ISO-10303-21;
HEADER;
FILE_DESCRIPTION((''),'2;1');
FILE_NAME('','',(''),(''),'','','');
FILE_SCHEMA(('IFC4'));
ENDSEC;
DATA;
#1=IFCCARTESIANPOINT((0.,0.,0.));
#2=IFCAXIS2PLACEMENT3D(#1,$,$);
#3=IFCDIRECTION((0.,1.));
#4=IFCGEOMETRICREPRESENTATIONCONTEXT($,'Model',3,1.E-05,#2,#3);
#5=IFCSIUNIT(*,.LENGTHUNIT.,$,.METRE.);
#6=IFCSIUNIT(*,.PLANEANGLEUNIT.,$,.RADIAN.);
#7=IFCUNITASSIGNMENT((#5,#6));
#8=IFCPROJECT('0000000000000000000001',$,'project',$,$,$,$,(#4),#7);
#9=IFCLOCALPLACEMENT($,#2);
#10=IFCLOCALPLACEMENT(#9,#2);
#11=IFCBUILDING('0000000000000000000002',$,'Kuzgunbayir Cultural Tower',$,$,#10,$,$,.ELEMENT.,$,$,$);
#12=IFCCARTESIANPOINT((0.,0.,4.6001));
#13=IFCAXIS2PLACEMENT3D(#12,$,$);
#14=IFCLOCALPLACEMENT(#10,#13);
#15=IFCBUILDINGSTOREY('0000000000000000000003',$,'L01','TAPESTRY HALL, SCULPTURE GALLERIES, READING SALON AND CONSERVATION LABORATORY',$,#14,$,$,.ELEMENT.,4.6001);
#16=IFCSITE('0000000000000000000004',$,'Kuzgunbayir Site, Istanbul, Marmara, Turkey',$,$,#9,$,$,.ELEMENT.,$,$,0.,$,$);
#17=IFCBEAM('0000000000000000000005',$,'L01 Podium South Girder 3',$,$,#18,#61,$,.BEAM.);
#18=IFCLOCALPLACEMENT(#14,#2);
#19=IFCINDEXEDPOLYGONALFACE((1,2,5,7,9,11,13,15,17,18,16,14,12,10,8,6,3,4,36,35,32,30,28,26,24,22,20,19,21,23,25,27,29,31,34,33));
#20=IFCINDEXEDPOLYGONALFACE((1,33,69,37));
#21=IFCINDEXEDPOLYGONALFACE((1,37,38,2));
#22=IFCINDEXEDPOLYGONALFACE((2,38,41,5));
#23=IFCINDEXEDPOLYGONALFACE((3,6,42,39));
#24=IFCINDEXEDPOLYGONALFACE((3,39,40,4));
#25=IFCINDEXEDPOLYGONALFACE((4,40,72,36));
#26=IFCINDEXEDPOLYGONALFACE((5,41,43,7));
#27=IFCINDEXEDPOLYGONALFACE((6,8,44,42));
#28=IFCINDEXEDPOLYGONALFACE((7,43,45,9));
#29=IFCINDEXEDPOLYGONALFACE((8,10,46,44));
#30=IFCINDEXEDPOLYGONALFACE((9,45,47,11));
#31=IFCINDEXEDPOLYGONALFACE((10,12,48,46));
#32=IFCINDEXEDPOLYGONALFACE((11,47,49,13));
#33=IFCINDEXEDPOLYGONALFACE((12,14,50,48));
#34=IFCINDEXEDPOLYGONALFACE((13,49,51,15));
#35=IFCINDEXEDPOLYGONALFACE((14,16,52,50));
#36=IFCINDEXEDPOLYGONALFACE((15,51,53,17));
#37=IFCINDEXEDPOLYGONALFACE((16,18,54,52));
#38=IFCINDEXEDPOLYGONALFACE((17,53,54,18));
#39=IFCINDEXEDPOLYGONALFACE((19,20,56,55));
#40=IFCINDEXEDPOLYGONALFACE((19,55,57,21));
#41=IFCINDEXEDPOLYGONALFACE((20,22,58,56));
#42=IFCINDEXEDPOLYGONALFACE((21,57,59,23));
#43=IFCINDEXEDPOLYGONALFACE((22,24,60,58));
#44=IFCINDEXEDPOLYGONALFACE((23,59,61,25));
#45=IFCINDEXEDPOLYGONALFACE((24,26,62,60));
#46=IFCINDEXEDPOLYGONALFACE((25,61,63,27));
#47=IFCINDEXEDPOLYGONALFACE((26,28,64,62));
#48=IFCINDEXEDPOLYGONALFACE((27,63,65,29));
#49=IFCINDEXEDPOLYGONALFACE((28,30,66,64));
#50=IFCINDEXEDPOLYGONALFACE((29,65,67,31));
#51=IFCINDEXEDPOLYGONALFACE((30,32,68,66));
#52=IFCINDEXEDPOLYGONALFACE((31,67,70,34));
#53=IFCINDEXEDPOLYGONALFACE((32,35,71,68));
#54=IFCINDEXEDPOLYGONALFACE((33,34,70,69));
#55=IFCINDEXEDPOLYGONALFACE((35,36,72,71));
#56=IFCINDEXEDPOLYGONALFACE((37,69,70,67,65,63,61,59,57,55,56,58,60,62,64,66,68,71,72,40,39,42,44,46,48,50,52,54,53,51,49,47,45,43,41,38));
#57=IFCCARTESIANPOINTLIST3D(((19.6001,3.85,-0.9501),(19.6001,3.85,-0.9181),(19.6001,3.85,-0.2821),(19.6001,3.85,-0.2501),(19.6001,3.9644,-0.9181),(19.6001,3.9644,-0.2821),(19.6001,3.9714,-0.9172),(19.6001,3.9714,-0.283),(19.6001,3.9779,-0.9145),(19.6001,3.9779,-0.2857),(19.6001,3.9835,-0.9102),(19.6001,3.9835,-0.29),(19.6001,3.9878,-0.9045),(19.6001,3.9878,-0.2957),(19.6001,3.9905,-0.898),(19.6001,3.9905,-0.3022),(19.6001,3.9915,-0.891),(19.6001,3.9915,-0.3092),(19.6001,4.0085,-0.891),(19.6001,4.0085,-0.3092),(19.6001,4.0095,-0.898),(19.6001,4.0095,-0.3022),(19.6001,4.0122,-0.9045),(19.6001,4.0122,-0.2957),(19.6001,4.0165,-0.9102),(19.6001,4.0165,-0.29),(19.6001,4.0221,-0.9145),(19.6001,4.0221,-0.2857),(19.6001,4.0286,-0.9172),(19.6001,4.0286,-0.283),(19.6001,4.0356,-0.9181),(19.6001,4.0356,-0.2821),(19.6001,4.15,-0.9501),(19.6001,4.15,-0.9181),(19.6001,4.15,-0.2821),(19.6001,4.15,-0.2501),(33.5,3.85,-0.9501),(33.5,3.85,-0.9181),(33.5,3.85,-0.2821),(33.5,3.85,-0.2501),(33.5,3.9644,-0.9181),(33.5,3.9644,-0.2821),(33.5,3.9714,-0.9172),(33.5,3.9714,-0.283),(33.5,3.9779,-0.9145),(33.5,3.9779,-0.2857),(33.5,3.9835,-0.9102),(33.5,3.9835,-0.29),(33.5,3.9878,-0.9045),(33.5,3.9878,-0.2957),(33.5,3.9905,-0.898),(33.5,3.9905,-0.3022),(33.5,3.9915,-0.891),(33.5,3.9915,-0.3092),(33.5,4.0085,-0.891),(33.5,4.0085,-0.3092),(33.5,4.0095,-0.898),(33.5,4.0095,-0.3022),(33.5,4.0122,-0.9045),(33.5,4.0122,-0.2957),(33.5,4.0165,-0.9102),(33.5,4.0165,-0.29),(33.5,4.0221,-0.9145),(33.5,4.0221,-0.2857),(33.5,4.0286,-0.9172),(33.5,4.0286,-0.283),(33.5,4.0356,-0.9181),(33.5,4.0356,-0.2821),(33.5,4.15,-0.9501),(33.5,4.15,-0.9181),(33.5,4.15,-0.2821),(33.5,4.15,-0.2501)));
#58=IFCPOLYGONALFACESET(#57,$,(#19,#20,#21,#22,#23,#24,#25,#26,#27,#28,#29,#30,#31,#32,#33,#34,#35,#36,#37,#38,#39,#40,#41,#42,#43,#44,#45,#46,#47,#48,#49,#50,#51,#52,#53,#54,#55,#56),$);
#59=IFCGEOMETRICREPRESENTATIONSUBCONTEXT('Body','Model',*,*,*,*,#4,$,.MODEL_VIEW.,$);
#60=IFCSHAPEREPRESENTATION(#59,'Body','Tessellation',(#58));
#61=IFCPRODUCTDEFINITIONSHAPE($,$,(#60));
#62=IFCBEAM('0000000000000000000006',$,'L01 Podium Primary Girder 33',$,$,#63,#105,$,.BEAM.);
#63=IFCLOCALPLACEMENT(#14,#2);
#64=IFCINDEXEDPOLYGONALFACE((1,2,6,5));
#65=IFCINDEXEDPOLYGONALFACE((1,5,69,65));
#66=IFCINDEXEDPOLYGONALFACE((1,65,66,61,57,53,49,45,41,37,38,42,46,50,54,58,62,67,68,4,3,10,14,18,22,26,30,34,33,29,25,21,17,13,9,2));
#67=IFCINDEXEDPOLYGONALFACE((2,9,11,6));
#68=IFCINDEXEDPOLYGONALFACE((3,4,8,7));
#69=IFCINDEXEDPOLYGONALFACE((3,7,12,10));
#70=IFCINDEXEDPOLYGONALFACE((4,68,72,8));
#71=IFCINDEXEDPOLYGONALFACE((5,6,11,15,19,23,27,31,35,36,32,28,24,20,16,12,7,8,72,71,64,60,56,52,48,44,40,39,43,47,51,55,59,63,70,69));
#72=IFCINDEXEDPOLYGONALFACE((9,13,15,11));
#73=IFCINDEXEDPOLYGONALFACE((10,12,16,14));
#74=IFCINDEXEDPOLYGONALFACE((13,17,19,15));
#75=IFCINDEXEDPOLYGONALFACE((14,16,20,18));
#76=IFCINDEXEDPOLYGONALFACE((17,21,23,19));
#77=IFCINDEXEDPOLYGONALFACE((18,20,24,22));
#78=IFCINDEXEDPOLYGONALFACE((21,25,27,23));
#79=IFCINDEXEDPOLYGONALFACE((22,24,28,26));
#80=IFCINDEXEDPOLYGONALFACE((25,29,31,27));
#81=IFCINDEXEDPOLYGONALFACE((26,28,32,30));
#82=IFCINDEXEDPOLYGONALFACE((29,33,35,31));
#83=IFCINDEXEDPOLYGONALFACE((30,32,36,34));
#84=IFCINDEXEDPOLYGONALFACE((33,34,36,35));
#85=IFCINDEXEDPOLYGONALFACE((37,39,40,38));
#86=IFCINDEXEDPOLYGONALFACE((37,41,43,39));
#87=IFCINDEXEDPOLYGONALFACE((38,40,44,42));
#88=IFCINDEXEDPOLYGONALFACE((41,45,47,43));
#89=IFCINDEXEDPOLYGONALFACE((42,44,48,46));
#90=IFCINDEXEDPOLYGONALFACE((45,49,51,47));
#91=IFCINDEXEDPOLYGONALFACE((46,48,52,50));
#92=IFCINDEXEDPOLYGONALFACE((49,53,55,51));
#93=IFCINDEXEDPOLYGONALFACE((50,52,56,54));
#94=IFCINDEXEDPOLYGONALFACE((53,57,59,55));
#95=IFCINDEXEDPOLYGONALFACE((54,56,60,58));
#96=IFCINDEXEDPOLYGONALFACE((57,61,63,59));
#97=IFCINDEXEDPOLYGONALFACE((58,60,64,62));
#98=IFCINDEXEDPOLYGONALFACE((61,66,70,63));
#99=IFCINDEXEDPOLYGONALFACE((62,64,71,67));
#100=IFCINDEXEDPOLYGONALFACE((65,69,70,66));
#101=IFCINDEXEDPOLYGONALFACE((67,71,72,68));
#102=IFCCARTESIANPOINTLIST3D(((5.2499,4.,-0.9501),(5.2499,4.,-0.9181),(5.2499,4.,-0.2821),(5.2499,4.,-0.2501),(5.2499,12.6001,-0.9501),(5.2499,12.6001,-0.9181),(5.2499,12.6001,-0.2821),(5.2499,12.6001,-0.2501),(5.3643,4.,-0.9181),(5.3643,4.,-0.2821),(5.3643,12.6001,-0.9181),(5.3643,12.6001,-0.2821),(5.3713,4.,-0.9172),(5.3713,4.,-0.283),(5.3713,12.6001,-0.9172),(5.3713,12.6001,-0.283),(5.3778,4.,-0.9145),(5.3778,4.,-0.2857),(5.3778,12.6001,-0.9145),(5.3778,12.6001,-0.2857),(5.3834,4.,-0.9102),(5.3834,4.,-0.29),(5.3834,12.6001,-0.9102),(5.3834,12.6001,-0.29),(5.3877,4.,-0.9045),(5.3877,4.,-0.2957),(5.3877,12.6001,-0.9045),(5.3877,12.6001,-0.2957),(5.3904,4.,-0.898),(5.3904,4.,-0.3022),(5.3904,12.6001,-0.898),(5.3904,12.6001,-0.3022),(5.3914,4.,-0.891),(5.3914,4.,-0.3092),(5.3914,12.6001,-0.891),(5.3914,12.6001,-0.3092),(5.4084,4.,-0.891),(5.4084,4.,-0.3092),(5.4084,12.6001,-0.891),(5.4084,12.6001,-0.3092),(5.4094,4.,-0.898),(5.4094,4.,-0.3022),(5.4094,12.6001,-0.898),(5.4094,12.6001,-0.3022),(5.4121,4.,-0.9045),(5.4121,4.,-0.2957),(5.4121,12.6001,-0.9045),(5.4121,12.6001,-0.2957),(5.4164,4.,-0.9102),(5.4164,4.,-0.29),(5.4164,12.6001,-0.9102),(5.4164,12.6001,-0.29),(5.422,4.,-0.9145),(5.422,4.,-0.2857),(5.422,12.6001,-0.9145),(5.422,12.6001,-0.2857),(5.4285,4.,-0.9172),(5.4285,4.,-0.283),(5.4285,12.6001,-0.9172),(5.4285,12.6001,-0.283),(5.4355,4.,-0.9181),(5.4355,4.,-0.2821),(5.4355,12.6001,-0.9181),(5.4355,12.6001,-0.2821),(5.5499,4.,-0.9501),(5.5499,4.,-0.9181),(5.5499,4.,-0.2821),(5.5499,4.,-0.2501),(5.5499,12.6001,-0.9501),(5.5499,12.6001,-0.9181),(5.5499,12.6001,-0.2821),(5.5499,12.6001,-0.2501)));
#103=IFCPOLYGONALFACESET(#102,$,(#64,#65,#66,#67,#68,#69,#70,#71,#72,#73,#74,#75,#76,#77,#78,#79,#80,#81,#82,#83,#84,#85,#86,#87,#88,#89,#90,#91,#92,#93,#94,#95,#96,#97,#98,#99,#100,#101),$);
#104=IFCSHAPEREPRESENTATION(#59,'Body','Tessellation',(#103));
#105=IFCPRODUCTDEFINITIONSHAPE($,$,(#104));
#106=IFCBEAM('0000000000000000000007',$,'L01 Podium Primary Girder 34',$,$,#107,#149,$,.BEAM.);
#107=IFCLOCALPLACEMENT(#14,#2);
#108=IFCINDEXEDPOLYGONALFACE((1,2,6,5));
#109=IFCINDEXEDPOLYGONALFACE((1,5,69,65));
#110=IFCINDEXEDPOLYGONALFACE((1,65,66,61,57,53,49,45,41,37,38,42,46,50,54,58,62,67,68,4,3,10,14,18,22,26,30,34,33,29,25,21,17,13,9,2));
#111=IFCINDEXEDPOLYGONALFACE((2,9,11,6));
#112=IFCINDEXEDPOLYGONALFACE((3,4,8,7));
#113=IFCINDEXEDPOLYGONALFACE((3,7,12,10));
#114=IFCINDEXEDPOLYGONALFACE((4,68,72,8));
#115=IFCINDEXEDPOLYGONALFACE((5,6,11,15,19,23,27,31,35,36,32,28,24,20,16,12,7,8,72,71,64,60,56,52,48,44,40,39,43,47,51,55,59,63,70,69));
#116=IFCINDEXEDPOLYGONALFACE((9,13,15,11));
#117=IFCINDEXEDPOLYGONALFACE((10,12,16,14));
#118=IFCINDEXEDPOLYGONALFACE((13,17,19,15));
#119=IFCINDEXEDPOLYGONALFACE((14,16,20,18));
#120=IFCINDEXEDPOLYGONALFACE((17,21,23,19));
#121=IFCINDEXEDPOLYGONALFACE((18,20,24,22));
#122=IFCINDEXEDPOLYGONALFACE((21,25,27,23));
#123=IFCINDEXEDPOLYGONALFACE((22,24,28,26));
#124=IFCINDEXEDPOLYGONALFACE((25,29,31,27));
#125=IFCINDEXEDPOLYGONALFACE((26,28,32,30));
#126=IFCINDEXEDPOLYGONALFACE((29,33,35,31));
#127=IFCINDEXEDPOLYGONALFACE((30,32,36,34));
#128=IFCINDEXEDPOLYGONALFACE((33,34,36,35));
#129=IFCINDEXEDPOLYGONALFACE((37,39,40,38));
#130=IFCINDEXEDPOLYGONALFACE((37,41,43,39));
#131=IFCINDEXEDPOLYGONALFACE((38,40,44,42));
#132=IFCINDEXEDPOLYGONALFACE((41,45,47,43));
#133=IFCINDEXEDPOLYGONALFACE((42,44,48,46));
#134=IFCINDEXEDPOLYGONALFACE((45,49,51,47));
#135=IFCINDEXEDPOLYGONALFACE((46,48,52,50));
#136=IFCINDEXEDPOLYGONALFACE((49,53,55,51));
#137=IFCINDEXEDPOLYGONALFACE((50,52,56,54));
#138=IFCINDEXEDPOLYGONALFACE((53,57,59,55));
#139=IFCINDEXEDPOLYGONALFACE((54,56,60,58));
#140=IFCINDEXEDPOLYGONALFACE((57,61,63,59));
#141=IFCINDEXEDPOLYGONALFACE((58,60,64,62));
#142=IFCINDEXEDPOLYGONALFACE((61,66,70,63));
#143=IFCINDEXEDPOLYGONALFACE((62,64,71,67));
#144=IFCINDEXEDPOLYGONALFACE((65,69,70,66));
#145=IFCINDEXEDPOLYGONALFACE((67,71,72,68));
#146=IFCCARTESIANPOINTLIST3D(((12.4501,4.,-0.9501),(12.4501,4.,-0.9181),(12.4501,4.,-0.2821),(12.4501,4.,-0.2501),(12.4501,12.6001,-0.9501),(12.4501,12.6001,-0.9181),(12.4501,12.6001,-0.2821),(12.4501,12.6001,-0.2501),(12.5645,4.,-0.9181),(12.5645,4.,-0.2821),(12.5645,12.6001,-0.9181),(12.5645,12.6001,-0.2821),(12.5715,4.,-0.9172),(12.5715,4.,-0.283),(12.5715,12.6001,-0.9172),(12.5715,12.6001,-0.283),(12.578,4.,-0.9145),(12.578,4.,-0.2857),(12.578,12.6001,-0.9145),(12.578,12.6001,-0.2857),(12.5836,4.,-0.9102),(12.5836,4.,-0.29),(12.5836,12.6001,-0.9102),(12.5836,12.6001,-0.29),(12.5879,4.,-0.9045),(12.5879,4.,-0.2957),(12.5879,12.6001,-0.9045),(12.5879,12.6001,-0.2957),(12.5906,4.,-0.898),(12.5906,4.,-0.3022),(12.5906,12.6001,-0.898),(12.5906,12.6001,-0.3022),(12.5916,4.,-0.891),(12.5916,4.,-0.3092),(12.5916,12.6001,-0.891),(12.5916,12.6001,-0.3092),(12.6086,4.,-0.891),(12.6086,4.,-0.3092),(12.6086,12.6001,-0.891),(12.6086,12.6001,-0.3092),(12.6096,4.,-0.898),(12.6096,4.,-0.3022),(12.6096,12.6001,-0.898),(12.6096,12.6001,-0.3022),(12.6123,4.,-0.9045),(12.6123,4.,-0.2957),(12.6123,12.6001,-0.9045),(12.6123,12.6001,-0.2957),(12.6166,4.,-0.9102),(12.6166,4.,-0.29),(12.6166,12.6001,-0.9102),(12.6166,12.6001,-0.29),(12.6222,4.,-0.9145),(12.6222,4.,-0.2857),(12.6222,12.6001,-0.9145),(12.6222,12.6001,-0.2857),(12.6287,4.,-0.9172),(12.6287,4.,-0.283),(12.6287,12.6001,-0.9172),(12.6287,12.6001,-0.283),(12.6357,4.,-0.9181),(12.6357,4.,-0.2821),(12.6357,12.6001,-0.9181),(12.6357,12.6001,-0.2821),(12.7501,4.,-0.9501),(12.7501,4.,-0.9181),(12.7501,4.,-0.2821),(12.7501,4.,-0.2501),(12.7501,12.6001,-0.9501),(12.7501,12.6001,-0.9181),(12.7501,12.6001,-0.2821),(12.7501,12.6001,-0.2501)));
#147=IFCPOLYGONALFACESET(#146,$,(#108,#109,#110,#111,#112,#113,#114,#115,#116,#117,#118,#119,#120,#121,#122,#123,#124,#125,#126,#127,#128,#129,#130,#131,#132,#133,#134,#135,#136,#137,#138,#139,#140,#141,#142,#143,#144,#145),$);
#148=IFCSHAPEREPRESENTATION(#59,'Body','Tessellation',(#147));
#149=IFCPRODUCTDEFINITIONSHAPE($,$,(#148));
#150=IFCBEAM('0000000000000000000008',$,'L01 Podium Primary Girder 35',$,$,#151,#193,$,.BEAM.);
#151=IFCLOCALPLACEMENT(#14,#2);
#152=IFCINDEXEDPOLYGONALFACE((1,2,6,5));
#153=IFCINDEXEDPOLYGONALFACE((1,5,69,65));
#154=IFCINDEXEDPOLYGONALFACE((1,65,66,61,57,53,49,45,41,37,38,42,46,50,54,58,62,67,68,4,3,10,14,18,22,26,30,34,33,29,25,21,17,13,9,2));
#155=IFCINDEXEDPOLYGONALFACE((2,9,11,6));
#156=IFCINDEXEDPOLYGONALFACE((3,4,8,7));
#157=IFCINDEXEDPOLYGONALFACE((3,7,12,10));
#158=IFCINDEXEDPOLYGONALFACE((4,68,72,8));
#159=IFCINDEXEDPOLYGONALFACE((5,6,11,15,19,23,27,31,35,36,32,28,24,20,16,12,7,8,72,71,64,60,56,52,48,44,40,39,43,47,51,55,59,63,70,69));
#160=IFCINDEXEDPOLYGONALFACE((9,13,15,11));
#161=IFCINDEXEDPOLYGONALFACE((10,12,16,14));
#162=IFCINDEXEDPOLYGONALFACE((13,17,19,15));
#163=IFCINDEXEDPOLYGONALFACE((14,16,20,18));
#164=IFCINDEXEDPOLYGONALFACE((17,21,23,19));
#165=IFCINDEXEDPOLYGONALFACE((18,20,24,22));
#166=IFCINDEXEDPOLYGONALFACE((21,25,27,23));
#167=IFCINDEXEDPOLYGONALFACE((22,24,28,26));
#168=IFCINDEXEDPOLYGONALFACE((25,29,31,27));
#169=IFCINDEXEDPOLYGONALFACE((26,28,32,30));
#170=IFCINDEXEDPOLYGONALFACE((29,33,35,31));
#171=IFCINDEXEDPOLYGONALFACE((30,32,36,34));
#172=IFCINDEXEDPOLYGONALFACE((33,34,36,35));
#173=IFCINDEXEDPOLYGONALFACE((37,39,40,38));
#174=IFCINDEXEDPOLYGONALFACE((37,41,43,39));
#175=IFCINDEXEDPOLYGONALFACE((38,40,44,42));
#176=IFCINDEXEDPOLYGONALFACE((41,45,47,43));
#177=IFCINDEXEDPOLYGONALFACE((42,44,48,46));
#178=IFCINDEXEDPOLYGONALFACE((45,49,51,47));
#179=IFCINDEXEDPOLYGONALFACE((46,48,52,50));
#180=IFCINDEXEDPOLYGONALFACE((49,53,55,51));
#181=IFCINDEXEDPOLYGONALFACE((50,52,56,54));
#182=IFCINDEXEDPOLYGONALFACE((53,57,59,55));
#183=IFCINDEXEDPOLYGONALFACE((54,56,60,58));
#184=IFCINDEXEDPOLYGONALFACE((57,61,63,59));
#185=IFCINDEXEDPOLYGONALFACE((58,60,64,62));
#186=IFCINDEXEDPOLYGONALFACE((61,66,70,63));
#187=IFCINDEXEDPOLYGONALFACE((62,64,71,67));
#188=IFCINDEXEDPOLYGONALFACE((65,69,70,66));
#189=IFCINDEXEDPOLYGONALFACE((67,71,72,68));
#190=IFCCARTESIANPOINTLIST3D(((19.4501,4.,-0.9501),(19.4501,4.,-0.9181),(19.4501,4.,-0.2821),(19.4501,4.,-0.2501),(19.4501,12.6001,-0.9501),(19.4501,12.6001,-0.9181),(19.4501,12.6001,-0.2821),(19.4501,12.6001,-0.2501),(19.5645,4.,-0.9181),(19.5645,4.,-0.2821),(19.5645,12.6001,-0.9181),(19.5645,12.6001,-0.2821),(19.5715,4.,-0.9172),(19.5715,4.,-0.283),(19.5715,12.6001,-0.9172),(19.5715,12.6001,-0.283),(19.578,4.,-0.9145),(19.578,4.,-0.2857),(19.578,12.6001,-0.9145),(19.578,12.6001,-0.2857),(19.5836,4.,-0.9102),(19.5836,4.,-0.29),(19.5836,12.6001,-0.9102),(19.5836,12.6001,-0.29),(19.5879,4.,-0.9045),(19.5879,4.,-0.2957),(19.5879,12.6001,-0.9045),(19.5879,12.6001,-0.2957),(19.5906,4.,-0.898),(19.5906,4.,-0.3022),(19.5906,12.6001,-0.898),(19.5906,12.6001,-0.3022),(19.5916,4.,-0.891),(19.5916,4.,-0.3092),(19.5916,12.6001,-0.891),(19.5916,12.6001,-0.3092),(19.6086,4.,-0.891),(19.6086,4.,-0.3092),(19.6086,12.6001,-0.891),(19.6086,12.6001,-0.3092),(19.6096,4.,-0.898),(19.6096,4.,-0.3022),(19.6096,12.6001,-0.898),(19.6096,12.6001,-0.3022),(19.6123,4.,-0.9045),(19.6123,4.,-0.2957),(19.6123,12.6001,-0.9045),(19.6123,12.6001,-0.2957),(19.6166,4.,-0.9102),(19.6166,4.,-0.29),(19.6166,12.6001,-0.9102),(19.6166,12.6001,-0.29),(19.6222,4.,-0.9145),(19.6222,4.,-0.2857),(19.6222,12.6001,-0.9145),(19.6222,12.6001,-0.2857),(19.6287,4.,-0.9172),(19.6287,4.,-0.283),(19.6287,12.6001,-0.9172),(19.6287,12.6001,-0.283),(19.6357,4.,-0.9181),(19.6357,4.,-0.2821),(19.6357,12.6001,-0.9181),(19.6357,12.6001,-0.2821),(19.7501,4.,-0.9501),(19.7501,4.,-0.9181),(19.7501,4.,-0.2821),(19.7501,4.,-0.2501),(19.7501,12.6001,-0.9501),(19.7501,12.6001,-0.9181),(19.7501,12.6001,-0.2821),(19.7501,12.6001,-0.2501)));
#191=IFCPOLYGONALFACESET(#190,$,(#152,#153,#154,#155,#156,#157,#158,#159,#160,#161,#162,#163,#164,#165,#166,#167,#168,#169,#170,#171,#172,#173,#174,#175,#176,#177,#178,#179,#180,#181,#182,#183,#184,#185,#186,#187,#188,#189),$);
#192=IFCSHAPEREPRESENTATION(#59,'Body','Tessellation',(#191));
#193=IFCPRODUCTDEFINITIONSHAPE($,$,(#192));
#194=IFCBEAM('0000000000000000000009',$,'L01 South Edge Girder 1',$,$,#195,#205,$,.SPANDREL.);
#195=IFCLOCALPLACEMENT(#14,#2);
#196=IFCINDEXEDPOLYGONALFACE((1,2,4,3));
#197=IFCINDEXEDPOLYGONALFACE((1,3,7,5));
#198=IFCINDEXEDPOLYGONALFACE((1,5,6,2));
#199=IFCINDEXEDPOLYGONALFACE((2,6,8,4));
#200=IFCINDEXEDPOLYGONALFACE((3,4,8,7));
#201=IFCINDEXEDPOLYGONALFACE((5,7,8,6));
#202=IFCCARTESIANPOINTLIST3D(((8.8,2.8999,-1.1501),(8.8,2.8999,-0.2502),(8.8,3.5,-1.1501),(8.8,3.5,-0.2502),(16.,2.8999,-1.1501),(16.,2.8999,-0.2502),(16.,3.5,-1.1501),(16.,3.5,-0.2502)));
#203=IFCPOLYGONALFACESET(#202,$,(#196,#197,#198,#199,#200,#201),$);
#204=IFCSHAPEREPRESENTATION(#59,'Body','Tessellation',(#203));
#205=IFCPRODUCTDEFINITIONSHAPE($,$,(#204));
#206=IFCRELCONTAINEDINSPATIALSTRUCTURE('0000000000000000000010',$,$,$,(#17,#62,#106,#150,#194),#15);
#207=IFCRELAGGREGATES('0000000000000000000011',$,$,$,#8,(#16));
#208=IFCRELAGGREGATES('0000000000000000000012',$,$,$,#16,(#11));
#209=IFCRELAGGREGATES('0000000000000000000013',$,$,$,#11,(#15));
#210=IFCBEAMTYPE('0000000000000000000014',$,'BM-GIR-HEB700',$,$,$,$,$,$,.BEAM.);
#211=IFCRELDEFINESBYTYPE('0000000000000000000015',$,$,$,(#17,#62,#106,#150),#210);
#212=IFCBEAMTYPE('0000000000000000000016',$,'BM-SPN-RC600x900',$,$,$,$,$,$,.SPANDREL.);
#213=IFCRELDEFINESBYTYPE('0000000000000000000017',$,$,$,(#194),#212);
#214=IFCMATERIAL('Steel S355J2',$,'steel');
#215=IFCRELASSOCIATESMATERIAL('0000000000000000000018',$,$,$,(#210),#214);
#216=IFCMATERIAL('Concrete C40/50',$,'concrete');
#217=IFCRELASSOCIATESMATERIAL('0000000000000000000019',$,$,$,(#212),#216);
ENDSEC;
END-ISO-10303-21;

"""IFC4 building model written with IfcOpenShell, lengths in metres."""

from ifc_helpers import new_model, si_unit, direction, frame, origin, origin_2d, place, context, subcontext, project, spatial, rectangle, i_section, extrude, material, material_profile, profile_set, type_object, element, save


model = new_model("IFC4")

# Units and contexts
model_context = context("Model", 3, precision=1e-05, world=origin(), true_north=direction((0.0, 1.0)))
body_context = subcontext(model_context, "Body", "Model", "MODEL_VIEW")
ifc_project = project(units=[si_unit("LENGTHUNIT", "METRE"), si_unit("PLANEANGLEUNIT", "RADIAN")], contexts=[model_context])

# Site, building, storey
site_placement = place(None, origin())
site = spatial("IfcSite", under=ifc_project, at=site_placement, Name="Kuzgunbayir Site, Istanbul, Marmara, Turkey", CompositionType="ELEMENT", RefElevation=0.0)
building_placement = place(site_placement, origin())
building = spatial("IfcBuilding", under=site, at=building_placement, Name="Kuzgunbayir Cultural Tower", CompositionType="ELEMENT")
storey_placement = place(building_placement, frame((0.0, 0.0, 4.6001)))
storey = spatial("IfcBuildingStorey", under=building, at=storey_placement, Name="L01", Description="TAPESTRY HALL, SCULPTURE GALLERIES, READING SALON AND CONSERVATION LABORATORY", CompositionType="ELEMENT", Elevation=4.6001)

# Beams
ifc_material_1 = material(Name="Steel S355J2", Category="steel")
ifc_material_profile_1 = material_profile(ifc_material_1, i_section(OverallWidth=0.3, OverallDepth=0.7, WebThickness=0.0171, FlangeThickness=0.032, FilletRadius=0.0271, at=origin_2d()), Name="HEB 700")
ifc_profile_set_1 = profile_set([ifc_material_profile_1], Name="Steel S355J2")
beam_type_1 = type_object("IfcBeamType", Name="BM-GIR-HEB700", PredefinedType="BEAM", material=ifc_profile_set_1)
beam_1_placement = place(storey_placement, frame((19.6001, 4.0, -0.6001), z_axis=(1.0, 0.0, 0.0), x_axis=(0.0, 1.0, 0.0)))
element("IfcBeam", 1, at=beam_1_placement, inside=storey, type_object=beam_type_1, Name="L01 Podium South Girder 3", PredefinedType="BEAM", context=body_context, shape_type="SweptSolid", body=[
    extrude(i_section(OverallWidth=0.3, OverallDepth=0.7, WebThickness=0.0171, FlangeThickness=0.032, FilletRadius=0.0271, at=origin_2d()), origin(), (0.0, 0.0, 1.0), 13.8999),
])
for number, where, z_axis, x_axis, name in (
    (2, (5.3999, 4.0, -0.6001), (0.0, 1.0, 0.0), (-1.0, 0.0, 0.0), "L01 Podium Primary Girder 33"),
    (3, (12.6001, 4.0, -0.6001), (0.0, 1.0, 0.0), (-1.0, 0.0, 0.0), "L01 Podium Primary Girder 34"),
    (4, (19.6001, 4.0, -0.6001), (0.0, 1.0, 0.0), (-1.0, 0.0, 0.0), "L01 Podium Primary Girder 35"),
):
    element("IfcBeam", number, at=place(storey_placement, frame(where, z_axis=z_axis, x_axis=x_axis)), inside=storey, type_object=beam_type_1, Name=name, PredefinedType="BEAM", context=body_context, shape_type="SweptSolid", body=[
        extrude(i_section(OverallWidth=0.3, OverallDepth=0.7, WebThickness=0.0171, FlangeThickness=0.032, FilletRadius=0.0271, at=origin_2d()), origin(), (0.0, 0.0, 1.0), 8.6001),
    ])
ifc_material_2 = material(Name="Concrete C40/50", Category="concrete")
ifc_material_profile_2 = material_profile(ifc_material_2, rectangle(XDim=0.6001, YDim=0.8999, at=origin_2d()), Name="RC 600x900")
ifc_profile_set_2 = profile_set([ifc_material_profile_2], Name="Concrete C40/50")
beam_type_2 = type_object("IfcBeamType", Name="BM-SPN-RC600x900", PredefinedType="SPANDREL", material=ifc_profile_set_2)
beam_2_placement = place(storey_placement, frame((8.8, 3.2, -0.7002), z_axis=(1.0, 0.0, 0.0), x_axis=(0.0, 1.0, 0.0)))
element("IfcBeam", 5, at=beam_2_placement, inside=storey, type_object=beam_type_2, Name="L01 South Edge Girder 1", PredefinedType="SPANDREL", context=body_context, shape_type="SweptSolid", body=[
    extrude(rectangle(XDim=0.6001, YDim=0.8999, at=origin_2d()), origin(), (0.0, 0.0, 1.0), 7.2),
])

save(model, "model.ifc")
